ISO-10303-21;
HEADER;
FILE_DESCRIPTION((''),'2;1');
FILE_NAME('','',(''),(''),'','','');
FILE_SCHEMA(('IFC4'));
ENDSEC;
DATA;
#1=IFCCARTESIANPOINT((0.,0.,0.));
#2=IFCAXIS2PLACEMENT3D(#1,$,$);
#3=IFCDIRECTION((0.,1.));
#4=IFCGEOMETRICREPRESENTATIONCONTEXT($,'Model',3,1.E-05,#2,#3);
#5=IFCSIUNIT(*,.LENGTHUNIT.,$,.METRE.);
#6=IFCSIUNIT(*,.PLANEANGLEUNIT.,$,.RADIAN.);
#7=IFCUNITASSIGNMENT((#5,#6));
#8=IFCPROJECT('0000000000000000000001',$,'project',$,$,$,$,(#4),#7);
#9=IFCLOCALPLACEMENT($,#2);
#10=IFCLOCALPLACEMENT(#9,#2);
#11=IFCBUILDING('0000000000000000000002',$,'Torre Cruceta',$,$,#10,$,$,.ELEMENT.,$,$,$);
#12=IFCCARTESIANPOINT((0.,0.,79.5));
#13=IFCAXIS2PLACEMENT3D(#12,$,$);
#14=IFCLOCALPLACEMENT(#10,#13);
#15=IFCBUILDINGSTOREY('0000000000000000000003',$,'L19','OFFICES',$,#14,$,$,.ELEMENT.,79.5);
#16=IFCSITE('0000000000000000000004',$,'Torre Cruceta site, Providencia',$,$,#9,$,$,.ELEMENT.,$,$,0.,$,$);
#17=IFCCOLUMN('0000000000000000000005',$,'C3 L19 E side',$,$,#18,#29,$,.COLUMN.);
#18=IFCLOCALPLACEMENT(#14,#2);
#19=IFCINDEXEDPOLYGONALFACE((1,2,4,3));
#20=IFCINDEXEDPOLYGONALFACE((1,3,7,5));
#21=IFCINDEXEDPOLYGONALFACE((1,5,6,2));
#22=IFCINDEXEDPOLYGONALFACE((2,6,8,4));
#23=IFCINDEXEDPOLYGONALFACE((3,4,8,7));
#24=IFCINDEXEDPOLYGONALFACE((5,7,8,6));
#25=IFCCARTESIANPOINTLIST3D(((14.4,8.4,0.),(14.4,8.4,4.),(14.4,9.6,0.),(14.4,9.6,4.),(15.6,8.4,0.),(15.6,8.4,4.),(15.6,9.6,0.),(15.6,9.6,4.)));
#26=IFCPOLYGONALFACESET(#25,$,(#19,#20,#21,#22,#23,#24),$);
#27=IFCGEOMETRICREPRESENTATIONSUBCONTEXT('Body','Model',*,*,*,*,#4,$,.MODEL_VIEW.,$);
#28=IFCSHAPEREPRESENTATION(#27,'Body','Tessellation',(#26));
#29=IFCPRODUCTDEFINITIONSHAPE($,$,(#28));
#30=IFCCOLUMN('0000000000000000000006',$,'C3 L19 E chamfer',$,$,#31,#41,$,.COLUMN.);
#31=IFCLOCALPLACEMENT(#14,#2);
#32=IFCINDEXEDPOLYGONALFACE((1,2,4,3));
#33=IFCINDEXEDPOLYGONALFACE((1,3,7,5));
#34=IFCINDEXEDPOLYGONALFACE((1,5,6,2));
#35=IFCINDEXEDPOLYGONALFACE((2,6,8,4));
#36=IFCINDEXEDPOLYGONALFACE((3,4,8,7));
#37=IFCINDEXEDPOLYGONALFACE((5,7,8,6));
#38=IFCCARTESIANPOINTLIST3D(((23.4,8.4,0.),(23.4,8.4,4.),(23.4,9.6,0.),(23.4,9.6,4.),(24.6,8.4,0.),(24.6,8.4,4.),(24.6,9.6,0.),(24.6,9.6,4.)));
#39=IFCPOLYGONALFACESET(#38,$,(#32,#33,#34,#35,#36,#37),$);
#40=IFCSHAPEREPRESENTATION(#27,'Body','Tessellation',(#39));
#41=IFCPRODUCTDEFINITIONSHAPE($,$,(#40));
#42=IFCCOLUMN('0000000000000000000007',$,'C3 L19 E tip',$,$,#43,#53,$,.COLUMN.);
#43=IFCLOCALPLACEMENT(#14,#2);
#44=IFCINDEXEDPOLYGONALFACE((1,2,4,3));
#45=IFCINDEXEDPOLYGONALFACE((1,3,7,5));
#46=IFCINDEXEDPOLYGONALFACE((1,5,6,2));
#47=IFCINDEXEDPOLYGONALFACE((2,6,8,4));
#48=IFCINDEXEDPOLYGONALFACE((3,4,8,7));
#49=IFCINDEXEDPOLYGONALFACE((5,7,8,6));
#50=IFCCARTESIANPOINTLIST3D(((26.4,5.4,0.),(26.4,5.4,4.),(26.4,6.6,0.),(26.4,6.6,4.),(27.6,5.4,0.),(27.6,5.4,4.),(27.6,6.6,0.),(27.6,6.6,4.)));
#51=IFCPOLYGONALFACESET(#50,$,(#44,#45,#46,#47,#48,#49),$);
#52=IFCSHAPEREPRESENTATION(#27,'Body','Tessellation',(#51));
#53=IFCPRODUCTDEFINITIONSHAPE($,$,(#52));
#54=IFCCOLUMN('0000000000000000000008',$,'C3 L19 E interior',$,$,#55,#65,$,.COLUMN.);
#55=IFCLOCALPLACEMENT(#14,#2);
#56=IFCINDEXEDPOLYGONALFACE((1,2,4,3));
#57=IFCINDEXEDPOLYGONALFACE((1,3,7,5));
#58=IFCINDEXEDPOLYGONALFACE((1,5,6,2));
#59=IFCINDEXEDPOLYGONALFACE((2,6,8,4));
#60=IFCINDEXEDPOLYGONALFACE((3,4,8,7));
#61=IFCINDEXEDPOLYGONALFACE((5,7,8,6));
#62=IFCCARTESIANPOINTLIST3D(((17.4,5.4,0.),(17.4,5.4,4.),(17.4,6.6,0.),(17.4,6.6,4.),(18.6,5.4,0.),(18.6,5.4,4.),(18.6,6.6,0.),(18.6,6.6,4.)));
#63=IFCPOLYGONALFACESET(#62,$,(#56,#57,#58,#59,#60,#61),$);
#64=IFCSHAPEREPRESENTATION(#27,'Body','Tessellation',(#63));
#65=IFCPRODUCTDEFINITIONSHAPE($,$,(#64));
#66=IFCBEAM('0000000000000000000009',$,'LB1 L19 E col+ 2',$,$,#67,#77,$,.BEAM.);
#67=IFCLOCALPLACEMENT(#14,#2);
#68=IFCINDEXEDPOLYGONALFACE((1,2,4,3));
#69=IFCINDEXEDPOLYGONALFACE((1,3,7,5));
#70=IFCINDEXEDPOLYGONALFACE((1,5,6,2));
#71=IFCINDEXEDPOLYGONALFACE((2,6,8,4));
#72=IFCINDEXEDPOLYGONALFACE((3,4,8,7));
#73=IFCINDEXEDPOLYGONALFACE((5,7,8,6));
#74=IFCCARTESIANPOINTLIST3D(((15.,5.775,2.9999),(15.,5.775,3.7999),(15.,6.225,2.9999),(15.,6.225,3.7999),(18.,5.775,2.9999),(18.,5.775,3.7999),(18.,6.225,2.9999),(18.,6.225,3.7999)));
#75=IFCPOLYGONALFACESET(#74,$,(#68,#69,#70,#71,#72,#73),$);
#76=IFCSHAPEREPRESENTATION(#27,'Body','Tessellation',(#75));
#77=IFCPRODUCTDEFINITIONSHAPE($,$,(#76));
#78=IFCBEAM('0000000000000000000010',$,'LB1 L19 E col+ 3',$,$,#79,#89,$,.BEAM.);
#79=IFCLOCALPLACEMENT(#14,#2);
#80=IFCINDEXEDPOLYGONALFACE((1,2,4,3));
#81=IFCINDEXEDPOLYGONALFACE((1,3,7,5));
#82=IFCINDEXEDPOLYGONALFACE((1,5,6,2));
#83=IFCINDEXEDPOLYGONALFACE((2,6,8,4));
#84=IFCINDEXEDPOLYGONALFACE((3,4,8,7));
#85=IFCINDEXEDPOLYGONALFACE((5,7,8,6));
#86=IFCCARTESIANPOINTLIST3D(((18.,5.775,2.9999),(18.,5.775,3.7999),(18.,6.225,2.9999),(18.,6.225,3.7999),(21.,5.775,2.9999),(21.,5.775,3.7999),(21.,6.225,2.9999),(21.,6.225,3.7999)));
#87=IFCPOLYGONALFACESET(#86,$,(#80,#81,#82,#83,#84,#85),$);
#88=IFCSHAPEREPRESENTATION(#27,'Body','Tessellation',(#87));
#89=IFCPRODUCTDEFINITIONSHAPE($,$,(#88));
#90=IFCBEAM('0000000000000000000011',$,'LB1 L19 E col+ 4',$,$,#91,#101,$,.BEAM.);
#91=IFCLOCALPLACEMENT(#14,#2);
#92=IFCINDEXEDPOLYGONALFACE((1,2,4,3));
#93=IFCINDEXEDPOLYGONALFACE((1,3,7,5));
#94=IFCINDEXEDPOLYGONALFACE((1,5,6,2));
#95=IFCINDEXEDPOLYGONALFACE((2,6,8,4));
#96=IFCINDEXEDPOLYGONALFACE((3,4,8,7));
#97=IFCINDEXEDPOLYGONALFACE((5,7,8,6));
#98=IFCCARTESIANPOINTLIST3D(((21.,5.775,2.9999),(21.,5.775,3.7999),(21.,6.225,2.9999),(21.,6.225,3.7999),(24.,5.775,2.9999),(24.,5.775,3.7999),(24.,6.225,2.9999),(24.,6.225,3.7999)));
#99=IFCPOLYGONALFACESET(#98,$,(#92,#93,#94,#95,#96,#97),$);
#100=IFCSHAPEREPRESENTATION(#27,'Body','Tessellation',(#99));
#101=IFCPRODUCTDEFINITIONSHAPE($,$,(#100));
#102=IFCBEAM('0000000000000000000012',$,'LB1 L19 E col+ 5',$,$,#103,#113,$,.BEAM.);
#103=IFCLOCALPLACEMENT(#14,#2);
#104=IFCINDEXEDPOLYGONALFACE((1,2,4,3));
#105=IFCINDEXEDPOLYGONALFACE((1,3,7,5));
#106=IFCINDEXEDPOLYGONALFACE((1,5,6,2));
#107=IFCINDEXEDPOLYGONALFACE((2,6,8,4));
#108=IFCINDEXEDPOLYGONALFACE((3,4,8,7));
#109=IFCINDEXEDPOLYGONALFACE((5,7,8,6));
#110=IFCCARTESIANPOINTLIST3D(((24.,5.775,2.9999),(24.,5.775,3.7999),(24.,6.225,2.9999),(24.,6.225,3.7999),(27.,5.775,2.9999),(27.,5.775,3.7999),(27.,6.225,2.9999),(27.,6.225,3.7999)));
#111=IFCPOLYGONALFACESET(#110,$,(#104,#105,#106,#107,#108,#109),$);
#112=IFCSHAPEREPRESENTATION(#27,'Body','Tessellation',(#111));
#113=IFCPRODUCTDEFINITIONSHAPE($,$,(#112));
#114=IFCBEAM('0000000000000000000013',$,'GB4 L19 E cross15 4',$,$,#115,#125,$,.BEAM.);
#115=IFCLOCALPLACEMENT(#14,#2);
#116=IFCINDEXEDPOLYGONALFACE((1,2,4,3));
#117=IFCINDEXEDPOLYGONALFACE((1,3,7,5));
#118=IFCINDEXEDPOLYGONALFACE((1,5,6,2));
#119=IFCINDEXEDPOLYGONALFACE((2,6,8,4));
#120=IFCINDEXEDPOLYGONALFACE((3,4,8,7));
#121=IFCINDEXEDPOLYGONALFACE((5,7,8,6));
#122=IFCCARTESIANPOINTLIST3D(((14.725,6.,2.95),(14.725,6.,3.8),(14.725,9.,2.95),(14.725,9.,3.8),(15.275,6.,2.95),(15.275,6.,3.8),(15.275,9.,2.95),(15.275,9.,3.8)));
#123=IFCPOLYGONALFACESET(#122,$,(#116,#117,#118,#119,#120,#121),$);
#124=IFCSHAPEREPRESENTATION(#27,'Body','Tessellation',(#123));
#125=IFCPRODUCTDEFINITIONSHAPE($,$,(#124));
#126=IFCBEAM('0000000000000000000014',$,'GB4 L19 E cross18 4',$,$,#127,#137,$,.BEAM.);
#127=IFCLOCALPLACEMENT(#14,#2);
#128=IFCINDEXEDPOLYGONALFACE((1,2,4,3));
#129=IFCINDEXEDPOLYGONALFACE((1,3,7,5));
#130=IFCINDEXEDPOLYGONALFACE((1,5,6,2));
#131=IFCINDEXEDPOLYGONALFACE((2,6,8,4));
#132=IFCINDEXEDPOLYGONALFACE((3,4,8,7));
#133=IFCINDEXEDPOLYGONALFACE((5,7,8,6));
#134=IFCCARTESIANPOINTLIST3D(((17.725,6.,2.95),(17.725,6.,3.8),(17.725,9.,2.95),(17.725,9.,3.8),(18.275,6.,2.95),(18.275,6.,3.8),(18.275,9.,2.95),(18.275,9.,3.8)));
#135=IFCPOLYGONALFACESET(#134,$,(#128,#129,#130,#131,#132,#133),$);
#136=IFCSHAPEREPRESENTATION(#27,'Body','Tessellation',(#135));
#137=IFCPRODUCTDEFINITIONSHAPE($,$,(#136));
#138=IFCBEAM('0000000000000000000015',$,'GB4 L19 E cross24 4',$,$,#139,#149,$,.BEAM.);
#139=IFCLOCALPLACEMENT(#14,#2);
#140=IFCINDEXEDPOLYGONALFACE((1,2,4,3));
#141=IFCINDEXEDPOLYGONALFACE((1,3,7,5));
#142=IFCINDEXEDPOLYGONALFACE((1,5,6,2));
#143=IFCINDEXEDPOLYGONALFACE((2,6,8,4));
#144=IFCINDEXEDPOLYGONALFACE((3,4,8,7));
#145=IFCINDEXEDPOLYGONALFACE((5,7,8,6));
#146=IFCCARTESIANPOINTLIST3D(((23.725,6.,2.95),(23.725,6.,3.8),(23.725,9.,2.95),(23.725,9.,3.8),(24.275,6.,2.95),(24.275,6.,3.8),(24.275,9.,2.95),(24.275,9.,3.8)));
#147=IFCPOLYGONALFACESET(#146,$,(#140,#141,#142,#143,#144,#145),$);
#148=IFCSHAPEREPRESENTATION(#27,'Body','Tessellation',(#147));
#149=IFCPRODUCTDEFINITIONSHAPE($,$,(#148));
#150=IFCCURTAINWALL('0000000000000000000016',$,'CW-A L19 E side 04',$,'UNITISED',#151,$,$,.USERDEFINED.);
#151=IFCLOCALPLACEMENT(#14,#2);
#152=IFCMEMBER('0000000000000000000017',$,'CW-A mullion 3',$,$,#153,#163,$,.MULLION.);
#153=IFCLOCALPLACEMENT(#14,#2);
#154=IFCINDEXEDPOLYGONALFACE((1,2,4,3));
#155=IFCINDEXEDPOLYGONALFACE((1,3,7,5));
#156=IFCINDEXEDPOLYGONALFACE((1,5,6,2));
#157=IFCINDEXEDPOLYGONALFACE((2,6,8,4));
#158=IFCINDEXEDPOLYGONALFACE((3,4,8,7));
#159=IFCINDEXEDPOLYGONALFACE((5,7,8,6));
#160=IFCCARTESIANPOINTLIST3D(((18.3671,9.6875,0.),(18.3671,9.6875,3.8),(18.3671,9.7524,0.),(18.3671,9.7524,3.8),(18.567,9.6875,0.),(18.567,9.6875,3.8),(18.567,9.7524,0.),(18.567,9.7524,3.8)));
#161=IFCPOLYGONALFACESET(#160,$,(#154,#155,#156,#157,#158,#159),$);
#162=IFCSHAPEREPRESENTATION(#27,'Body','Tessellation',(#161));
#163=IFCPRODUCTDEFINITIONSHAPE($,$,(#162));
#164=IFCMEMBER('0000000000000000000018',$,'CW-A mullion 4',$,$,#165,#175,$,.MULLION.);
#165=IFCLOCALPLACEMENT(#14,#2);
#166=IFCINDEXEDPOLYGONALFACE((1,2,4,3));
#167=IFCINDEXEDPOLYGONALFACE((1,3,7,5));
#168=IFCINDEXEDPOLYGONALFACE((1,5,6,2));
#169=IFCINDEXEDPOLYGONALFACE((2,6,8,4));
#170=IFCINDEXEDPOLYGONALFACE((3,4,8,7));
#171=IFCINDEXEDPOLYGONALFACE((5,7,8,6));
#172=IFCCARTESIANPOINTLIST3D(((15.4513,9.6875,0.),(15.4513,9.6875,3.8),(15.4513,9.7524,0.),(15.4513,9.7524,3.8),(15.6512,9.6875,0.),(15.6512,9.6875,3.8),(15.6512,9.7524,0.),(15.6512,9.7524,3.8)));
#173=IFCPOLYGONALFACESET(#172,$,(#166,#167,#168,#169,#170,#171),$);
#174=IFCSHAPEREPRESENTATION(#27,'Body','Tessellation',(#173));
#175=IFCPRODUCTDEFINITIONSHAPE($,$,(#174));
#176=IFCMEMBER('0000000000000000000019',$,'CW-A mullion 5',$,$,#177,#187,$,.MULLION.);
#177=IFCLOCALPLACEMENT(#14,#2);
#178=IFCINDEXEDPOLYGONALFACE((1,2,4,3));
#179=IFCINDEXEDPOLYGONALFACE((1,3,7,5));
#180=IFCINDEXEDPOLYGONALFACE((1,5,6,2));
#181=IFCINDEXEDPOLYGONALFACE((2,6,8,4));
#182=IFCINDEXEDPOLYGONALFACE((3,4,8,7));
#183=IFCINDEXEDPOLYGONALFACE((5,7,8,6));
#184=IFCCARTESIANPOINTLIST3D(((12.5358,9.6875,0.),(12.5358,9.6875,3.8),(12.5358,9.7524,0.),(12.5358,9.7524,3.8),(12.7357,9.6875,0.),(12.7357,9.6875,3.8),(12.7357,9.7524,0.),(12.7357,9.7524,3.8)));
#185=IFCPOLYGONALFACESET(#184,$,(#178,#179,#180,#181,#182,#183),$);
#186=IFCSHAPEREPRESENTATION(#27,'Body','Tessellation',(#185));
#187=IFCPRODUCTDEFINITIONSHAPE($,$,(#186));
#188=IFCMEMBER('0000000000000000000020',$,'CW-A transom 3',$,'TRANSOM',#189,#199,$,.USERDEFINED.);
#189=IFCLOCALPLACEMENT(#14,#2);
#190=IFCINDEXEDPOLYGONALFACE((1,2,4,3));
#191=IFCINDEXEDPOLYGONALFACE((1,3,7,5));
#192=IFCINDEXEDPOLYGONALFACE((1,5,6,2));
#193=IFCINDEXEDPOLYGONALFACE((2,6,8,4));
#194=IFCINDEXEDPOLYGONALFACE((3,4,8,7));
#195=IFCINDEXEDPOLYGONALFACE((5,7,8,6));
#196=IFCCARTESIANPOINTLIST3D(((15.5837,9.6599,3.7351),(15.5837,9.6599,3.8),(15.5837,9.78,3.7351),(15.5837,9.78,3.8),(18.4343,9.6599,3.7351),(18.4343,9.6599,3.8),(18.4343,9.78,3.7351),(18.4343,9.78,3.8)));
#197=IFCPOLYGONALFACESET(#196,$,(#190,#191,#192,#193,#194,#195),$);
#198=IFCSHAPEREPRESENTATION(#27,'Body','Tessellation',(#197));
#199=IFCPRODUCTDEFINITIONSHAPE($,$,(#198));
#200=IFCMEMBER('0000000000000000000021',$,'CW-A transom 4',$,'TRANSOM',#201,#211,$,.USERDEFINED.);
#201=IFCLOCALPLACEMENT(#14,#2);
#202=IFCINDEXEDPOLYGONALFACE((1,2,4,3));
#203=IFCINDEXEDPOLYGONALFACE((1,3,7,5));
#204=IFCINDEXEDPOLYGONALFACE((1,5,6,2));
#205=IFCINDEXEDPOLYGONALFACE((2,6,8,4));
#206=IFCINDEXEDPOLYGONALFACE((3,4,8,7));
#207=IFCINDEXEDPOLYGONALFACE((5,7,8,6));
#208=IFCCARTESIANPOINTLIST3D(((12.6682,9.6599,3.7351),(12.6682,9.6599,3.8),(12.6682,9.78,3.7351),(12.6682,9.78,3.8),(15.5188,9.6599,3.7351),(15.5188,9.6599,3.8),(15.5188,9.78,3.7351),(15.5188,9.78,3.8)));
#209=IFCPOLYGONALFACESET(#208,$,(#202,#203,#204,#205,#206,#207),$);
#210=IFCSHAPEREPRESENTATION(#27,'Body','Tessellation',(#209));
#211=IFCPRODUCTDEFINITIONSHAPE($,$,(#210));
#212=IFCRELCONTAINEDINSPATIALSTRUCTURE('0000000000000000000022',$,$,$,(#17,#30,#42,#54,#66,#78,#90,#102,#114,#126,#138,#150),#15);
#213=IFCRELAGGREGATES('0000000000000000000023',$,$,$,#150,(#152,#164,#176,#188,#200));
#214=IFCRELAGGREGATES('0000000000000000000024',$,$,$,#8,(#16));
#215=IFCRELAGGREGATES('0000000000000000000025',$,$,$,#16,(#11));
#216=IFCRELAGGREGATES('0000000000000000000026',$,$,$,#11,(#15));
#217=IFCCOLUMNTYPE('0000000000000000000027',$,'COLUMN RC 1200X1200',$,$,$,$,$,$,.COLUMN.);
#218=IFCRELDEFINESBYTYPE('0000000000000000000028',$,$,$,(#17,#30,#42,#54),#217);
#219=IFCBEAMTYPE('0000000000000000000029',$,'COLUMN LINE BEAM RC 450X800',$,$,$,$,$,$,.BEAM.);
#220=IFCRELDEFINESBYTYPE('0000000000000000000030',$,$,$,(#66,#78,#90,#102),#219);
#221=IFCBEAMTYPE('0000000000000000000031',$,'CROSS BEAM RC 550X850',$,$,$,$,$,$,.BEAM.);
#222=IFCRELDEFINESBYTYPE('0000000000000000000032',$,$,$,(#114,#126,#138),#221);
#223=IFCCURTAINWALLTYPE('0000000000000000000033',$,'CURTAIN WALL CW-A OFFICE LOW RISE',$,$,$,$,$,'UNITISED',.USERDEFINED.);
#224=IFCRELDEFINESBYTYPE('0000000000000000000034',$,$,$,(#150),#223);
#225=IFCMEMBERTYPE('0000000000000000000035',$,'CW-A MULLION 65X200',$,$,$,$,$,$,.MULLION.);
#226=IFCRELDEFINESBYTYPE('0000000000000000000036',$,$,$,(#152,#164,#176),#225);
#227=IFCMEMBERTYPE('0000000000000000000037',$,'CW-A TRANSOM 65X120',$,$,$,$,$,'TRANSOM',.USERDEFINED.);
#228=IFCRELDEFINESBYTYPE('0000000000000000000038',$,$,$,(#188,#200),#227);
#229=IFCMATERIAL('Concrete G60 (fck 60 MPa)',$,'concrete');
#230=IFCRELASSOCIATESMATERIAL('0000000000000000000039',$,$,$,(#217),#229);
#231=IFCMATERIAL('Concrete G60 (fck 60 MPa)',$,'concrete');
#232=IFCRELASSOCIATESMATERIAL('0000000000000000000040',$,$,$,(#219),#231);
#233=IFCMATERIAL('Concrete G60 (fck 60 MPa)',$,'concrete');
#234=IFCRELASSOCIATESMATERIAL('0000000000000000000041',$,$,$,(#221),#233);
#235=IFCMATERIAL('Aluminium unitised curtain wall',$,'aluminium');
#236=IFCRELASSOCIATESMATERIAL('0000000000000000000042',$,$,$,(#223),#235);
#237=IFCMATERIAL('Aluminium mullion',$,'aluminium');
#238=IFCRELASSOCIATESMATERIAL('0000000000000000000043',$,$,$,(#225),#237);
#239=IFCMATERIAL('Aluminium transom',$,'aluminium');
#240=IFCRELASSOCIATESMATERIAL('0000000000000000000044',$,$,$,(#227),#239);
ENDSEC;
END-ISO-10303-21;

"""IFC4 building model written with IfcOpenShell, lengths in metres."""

from ifc_helpers import new_model, si_unit, direction, frame, origin, origin_2d, place, context, subcontext, project, spatial, rectangle, extrude, material, material_profile, profile_set, type_object, element, aggregate, save


model = new_model("IFC4")

# Units and contexts
model_context = context("Model", 3, precision=1e-05, world=origin(), true_north=direction((0.0, 1.0)))
body_context = subcontext(model_context, "Body", "Model", "MODEL_VIEW")
ifc_project = project(units=[si_unit("LENGTHUNIT", "METRE"), si_unit("PLANEANGLEUNIT", "RADIAN")], contexts=[model_context])

# Site, building, storey
site_placement = place(None, origin())
site = spatial("IfcSite", under=ifc_project, at=site_placement, Name="Torre Cruceta site, Providencia", CompositionType="ELEMENT", RefElevation=0.0)
building_placement = place(site_placement, origin())
building = spatial("IfcBuilding", under=site, at=building_placement, Name="Torre Cruceta", CompositionType="ELEMENT")
storey_placement = place(building_placement, frame((0.0, 0.0, 79.5)))
storey = spatial("IfcBuildingStorey", under=building, at=storey_placement, Name="L19", Description="OFFICES", CompositionType="ELEMENT", Elevation=79.5)

# Columns
ifc_material_1 = material(Name="Concrete G60 (fck 60 MPa)", Category="concrete")
ifc_material_profile_1 = material_profile(ifc_material_1, rectangle(XDim=1.2, YDim=1.2, at=origin_2d()), Name="RC 1200X1200")
ifc_profile_set_1 = profile_set([ifc_material_profile_1], Name="Concrete G60 (fck 60 MPa)")
column_type = type_object("IfcColumnType", Name="COLUMN RC 1200X1200", PredefinedType="COLUMN", material=ifc_profile_set_1)
for number, where, z_axis, x_axis, name in (
    (1, (15.0, 9.0, 0.0), (0.0, 0.0, 1.0), (1.0, 0.0, 0.0), "C3 L19 E side"),
    (2, (24.0, 9.0, 0.0), (0.0, 0.0, 1.0), (1.0, 0.0, 0.0), "C3 L19 E chamfer"),
    (3, (27.0, 6.0, 0.0), (0.0, 0.0, 1.0), (1.0, 0.0, 0.0), "C3 L19 E tip"),
    (4, (18.0, 6.0, 0.0), (0.0, 0.0, 1.0), (1.0, 0.0, 0.0), "C3 L19 E interior"),
):
    element("IfcColumn", number, at=place(storey_placement, frame(where, z_axis=z_axis, x_axis=x_axis)), inside=storey, type_object=column_type, Name=name, PredefinedType="COLUMN", context=body_context, shape_type="SweptSolid", body=[
        extrude(rectangle(XDim=1.2, YDim=1.2, at=origin_2d()), origin(), (0.0, 0.0, 1.0), 4.0),
    ])

# Beams
ifc_material_2 = material(Name="Concrete G60 (fck 60 MPa)", Category="concrete")
ifc_material_profile_2 = material_profile(ifc_material_2, rectangle(XDim=0.45, YDim=0.8, at=origin_2d()), Name="RC 450X800")
ifc_profile_set_2 = profile_set([ifc_material_profile_2], Name="Concrete G60 (fck 60 MPa)")
beam_type_1 = type_object("IfcBeamType", Name="COLUMN LINE BEAM RC 450X800", PredefinedType="BEAM", material=ifc_profile_set_2)
for number, where, z_axis, x_axis, name in (
    (5, (15.0, 6.0, 3.3999), (1.0, 0.0, 0.0), (0.0, 1.0, 0.0), "LB1 L19 E col+ 2"),
    (6, (18.0, 6.0, 3.3999), (1.0, 0.0, 0.0), (0.0, 1.0, 0.0), "LB1 L19 E col+ 3"),
    (7, (21.0, 6.0, 3.3999), (1.0, 0.0, 0.0), (0.0, 1.0, 0.0), "LB1 L19 E col+ 4"),
    (8, (24.0, 6.0, 3.3999), (1.0, 0.0, 0.0), (0.0, 1.0, 0.0), "LB1 L19 E col+ 5"),
):
    element("IfcBeam", number, at=place(storey_placement, frame(where, z_axis=z_axis, x_axis=x_axis)), inside=storey, type_object=beam_type_1, Name=name, PredefinedType="BEAM", context=body_context, shape_type="SweptSolid", body=[
        extrude(rectangle(XDim=0.45, YDim=0.8, at=origin_2d()), origin(), (0.0, 0.0, 1.0), 3.0),
    ])
ifc_material_3 = material(Name="Concrete G60 (fck 60 MPa)", Category="concrete")
ifc_material_profile_3 = material_profile(ifc_material_3, rectangle(XDim=0.55, YDim=0.8501, at=origin_2d()), Name="RC 550X850")
ifc_profile_set_3 = profile_set([ifc_material_profile_3], Name="Concrete G60 (fck 60 MPa)")
beam_type_2 = type_object("IfcBeamType", Name="CROSS BEAM RC 550X850", PredefinedType="BEAM", material=ifc_profile_set_3)
for number, where, z_axis, x_axis, name in (
    (9, (15.0, 6.0, 3.375), (0.0, 1.0, 0.0), (-1.0, 0.0, 0.0), "GB4 L19 E cross15 4"),
    (10, (18.0, 6.0, 3.375), (0.0, 1.0, 0.0), (-1.0, 0.0, 0.0), "GB4 L19 E cross18 4"),
    (11, (24.0, 6.0, 3.375), (0.0, 1.0, 0.0), (-1.0, 0.0, 0.0), "GB4 L19 E cross24 4"),
):
    element("IfcBeam", number, at=place(storey_placement, frame(where, z_axis=z_axis, x_axis=x_axis)), inside=storey, type_object=beam_type_2, Name=name, PredefinedType="BEAM", context=body_context, shape_type="SweptSolid", body=[
        extrude(rectangle(XDim=0.55, YDim=0.8501, at=origin_2d()), origin(), (0.0, 0.0, 1.0), 3.0),
    ])

# Curtain wall, members
ifc_material_4 = material(Name="Aluminium unitised curtain wall", Category="aluminium")
curtain_wall_type = type_object("IfcCurtainWallType", Name="CURTAIN WALL CW-A OFFICE LOW RISE", ElementType="UNITISED", PredefinedType="USERDEFINED", material=ifc_material_4)
curtain_wall_placement = place(storey_placement, origin())
curtain_wall = element("IfcCurtainWall", 12, at=curtain_wall_placement, inside=storey, type_object=curtain_wall_type, Name="CW-A L19 E side 04", ObjectType="UNITISED", PredefinedType="USERDEFINED")
ifc_material_5 = material(Name="Aluminium mullion", Category="aluminium")
ifc_material_profile_4 = material_profile(ifc_material_5, rectangle(XDim=0.0649, YDim=0.2, at=origin_2d()), Name="AL 65X200")
ifc_profile_set_4 = profile_set([ifc_material_profile_4], Name="Aluminium mullion")
member_type_1 = type_object("IfcMemberType", Name="CW-A MULLION 65X200", PredefinedType="MULLION", material=ifc_profile_set_4)
member_1_placement = place(storey_placement, frame((18.467, 9.72, 0.0), z_axis=(0.0, 0.0, 1.0), x_axis=(0.0, -1.0, 0.0)))
member_1 = element("IfcMember", 13, at=member_1_placement, type_object=member_type_1, Name="CW-A mullion 3", PredefinedType="MULLION", context=body_context, shape_type="SweptSolid", body=[
    extrude(rectangle(XDim=0.0649, YDim=0.2, at=origin_2d()), origin(), (0.0, 0.0, 1.0), 3.8),
])
member_2_placement = place(storey_placement, frame((15.5513, 9.72, 0.0), z_axis=(0.0, 0.0, 1.0), x_axis=(0.0, -1.0, 0.0)))
member_2 = element("IfcMember", 14, at=member_2_placement, type_object=member_type_1, Name="CW-A mullion 4", PredefinedType="MULLION", context=body_context, shape_type="SweptSolid", body=[
    extrude(rectangle(XDim=0.0649, YDim=0.2, at=origin_2d()), origin(), (0.0, 0.0, 1.0), 3.8),
])
member_3_placement = place(storey_placement, frame((12.6357, 9.72, 0.0), z_axis=(0.0, 0.0, 1.0), x_axis=(0.0, -1.0, 0.0)))
member_3 = element("IfcMember", 15, at=member_3_placement, type_object=member_type_1, Name="CW-A mullion 5", PredefinedType="MULLION", context=body_context, shape_type="SweptSolid", body=[
    extrude(rectangle(XDim=0.0649, YDim=0.2, at=origin_2d()), origin(), (0.0, 0.0, 1.0), 3.8),
])
ifc_material_6 = material(Name="Aluminium transom", Category="aluminium")
ifc_material_profile_5 = material_profile(ifc_material_6, rectangle(XDim=0.1201, YDim=0.0649, at=origin_2d()), Name="AL 120X65")
ifc_profile_set_5 = profile_set([ifc_material_profile_5], Name="Aluminium transom")
member_type_2 = type_object("IfcMemberType", Name="CW-A TRANSOM 65X120", ElementType="TRANSOM", PredefinedType="USERDEFINED", material=ifc_profile_set_5)
member_4_placement = place(storey_placement, frame((18.4343, 9.72, 3.7676), z_axis=(-1.0, 0.0, 0.0), x_axis=(0.0, -1.0, 0.0)))
member_4 = element("IfcMember", 16, at=member_4_placement, type_object=member_type_2, Name="CW-A transom 3", ObjectType="TRANSOM", PredefinedType="USERDEFINED", context=body_context, shape_type="SweptSolid", body=[
    extrude(rectangle(XDim=0.1201, YDim=0.0649, at=origin_2d()), origin(), (0.0, 0.0, 1.0), 2.8506),
])
member_5_placement = place(storey_placement, frame((15.5188, 9.72, 3.7676), z_axis=(-1.0, 0.0, 0.0), x_axis=(0.0, -1.0, 0.0)))
member_5 = element("IfcMember", 17, at=member_5_placement, type_object=member_type_2, Name="CW-A transom 4", ObjectType="TRANSOM", PredefinedType="USERDEFINED", context=body_context, shape_type="SweptSolid", body=[
    extrude(rectangle(XDim=0.1201, YDim=0.0649, at=origin_2d()), origin(), (0.0, 0.0, 1.0), 2.8506),
])

aggregate(curtain_wall, [member_1, member_2, member_3, member_4, member_5])

save(model, "model.ifc")
